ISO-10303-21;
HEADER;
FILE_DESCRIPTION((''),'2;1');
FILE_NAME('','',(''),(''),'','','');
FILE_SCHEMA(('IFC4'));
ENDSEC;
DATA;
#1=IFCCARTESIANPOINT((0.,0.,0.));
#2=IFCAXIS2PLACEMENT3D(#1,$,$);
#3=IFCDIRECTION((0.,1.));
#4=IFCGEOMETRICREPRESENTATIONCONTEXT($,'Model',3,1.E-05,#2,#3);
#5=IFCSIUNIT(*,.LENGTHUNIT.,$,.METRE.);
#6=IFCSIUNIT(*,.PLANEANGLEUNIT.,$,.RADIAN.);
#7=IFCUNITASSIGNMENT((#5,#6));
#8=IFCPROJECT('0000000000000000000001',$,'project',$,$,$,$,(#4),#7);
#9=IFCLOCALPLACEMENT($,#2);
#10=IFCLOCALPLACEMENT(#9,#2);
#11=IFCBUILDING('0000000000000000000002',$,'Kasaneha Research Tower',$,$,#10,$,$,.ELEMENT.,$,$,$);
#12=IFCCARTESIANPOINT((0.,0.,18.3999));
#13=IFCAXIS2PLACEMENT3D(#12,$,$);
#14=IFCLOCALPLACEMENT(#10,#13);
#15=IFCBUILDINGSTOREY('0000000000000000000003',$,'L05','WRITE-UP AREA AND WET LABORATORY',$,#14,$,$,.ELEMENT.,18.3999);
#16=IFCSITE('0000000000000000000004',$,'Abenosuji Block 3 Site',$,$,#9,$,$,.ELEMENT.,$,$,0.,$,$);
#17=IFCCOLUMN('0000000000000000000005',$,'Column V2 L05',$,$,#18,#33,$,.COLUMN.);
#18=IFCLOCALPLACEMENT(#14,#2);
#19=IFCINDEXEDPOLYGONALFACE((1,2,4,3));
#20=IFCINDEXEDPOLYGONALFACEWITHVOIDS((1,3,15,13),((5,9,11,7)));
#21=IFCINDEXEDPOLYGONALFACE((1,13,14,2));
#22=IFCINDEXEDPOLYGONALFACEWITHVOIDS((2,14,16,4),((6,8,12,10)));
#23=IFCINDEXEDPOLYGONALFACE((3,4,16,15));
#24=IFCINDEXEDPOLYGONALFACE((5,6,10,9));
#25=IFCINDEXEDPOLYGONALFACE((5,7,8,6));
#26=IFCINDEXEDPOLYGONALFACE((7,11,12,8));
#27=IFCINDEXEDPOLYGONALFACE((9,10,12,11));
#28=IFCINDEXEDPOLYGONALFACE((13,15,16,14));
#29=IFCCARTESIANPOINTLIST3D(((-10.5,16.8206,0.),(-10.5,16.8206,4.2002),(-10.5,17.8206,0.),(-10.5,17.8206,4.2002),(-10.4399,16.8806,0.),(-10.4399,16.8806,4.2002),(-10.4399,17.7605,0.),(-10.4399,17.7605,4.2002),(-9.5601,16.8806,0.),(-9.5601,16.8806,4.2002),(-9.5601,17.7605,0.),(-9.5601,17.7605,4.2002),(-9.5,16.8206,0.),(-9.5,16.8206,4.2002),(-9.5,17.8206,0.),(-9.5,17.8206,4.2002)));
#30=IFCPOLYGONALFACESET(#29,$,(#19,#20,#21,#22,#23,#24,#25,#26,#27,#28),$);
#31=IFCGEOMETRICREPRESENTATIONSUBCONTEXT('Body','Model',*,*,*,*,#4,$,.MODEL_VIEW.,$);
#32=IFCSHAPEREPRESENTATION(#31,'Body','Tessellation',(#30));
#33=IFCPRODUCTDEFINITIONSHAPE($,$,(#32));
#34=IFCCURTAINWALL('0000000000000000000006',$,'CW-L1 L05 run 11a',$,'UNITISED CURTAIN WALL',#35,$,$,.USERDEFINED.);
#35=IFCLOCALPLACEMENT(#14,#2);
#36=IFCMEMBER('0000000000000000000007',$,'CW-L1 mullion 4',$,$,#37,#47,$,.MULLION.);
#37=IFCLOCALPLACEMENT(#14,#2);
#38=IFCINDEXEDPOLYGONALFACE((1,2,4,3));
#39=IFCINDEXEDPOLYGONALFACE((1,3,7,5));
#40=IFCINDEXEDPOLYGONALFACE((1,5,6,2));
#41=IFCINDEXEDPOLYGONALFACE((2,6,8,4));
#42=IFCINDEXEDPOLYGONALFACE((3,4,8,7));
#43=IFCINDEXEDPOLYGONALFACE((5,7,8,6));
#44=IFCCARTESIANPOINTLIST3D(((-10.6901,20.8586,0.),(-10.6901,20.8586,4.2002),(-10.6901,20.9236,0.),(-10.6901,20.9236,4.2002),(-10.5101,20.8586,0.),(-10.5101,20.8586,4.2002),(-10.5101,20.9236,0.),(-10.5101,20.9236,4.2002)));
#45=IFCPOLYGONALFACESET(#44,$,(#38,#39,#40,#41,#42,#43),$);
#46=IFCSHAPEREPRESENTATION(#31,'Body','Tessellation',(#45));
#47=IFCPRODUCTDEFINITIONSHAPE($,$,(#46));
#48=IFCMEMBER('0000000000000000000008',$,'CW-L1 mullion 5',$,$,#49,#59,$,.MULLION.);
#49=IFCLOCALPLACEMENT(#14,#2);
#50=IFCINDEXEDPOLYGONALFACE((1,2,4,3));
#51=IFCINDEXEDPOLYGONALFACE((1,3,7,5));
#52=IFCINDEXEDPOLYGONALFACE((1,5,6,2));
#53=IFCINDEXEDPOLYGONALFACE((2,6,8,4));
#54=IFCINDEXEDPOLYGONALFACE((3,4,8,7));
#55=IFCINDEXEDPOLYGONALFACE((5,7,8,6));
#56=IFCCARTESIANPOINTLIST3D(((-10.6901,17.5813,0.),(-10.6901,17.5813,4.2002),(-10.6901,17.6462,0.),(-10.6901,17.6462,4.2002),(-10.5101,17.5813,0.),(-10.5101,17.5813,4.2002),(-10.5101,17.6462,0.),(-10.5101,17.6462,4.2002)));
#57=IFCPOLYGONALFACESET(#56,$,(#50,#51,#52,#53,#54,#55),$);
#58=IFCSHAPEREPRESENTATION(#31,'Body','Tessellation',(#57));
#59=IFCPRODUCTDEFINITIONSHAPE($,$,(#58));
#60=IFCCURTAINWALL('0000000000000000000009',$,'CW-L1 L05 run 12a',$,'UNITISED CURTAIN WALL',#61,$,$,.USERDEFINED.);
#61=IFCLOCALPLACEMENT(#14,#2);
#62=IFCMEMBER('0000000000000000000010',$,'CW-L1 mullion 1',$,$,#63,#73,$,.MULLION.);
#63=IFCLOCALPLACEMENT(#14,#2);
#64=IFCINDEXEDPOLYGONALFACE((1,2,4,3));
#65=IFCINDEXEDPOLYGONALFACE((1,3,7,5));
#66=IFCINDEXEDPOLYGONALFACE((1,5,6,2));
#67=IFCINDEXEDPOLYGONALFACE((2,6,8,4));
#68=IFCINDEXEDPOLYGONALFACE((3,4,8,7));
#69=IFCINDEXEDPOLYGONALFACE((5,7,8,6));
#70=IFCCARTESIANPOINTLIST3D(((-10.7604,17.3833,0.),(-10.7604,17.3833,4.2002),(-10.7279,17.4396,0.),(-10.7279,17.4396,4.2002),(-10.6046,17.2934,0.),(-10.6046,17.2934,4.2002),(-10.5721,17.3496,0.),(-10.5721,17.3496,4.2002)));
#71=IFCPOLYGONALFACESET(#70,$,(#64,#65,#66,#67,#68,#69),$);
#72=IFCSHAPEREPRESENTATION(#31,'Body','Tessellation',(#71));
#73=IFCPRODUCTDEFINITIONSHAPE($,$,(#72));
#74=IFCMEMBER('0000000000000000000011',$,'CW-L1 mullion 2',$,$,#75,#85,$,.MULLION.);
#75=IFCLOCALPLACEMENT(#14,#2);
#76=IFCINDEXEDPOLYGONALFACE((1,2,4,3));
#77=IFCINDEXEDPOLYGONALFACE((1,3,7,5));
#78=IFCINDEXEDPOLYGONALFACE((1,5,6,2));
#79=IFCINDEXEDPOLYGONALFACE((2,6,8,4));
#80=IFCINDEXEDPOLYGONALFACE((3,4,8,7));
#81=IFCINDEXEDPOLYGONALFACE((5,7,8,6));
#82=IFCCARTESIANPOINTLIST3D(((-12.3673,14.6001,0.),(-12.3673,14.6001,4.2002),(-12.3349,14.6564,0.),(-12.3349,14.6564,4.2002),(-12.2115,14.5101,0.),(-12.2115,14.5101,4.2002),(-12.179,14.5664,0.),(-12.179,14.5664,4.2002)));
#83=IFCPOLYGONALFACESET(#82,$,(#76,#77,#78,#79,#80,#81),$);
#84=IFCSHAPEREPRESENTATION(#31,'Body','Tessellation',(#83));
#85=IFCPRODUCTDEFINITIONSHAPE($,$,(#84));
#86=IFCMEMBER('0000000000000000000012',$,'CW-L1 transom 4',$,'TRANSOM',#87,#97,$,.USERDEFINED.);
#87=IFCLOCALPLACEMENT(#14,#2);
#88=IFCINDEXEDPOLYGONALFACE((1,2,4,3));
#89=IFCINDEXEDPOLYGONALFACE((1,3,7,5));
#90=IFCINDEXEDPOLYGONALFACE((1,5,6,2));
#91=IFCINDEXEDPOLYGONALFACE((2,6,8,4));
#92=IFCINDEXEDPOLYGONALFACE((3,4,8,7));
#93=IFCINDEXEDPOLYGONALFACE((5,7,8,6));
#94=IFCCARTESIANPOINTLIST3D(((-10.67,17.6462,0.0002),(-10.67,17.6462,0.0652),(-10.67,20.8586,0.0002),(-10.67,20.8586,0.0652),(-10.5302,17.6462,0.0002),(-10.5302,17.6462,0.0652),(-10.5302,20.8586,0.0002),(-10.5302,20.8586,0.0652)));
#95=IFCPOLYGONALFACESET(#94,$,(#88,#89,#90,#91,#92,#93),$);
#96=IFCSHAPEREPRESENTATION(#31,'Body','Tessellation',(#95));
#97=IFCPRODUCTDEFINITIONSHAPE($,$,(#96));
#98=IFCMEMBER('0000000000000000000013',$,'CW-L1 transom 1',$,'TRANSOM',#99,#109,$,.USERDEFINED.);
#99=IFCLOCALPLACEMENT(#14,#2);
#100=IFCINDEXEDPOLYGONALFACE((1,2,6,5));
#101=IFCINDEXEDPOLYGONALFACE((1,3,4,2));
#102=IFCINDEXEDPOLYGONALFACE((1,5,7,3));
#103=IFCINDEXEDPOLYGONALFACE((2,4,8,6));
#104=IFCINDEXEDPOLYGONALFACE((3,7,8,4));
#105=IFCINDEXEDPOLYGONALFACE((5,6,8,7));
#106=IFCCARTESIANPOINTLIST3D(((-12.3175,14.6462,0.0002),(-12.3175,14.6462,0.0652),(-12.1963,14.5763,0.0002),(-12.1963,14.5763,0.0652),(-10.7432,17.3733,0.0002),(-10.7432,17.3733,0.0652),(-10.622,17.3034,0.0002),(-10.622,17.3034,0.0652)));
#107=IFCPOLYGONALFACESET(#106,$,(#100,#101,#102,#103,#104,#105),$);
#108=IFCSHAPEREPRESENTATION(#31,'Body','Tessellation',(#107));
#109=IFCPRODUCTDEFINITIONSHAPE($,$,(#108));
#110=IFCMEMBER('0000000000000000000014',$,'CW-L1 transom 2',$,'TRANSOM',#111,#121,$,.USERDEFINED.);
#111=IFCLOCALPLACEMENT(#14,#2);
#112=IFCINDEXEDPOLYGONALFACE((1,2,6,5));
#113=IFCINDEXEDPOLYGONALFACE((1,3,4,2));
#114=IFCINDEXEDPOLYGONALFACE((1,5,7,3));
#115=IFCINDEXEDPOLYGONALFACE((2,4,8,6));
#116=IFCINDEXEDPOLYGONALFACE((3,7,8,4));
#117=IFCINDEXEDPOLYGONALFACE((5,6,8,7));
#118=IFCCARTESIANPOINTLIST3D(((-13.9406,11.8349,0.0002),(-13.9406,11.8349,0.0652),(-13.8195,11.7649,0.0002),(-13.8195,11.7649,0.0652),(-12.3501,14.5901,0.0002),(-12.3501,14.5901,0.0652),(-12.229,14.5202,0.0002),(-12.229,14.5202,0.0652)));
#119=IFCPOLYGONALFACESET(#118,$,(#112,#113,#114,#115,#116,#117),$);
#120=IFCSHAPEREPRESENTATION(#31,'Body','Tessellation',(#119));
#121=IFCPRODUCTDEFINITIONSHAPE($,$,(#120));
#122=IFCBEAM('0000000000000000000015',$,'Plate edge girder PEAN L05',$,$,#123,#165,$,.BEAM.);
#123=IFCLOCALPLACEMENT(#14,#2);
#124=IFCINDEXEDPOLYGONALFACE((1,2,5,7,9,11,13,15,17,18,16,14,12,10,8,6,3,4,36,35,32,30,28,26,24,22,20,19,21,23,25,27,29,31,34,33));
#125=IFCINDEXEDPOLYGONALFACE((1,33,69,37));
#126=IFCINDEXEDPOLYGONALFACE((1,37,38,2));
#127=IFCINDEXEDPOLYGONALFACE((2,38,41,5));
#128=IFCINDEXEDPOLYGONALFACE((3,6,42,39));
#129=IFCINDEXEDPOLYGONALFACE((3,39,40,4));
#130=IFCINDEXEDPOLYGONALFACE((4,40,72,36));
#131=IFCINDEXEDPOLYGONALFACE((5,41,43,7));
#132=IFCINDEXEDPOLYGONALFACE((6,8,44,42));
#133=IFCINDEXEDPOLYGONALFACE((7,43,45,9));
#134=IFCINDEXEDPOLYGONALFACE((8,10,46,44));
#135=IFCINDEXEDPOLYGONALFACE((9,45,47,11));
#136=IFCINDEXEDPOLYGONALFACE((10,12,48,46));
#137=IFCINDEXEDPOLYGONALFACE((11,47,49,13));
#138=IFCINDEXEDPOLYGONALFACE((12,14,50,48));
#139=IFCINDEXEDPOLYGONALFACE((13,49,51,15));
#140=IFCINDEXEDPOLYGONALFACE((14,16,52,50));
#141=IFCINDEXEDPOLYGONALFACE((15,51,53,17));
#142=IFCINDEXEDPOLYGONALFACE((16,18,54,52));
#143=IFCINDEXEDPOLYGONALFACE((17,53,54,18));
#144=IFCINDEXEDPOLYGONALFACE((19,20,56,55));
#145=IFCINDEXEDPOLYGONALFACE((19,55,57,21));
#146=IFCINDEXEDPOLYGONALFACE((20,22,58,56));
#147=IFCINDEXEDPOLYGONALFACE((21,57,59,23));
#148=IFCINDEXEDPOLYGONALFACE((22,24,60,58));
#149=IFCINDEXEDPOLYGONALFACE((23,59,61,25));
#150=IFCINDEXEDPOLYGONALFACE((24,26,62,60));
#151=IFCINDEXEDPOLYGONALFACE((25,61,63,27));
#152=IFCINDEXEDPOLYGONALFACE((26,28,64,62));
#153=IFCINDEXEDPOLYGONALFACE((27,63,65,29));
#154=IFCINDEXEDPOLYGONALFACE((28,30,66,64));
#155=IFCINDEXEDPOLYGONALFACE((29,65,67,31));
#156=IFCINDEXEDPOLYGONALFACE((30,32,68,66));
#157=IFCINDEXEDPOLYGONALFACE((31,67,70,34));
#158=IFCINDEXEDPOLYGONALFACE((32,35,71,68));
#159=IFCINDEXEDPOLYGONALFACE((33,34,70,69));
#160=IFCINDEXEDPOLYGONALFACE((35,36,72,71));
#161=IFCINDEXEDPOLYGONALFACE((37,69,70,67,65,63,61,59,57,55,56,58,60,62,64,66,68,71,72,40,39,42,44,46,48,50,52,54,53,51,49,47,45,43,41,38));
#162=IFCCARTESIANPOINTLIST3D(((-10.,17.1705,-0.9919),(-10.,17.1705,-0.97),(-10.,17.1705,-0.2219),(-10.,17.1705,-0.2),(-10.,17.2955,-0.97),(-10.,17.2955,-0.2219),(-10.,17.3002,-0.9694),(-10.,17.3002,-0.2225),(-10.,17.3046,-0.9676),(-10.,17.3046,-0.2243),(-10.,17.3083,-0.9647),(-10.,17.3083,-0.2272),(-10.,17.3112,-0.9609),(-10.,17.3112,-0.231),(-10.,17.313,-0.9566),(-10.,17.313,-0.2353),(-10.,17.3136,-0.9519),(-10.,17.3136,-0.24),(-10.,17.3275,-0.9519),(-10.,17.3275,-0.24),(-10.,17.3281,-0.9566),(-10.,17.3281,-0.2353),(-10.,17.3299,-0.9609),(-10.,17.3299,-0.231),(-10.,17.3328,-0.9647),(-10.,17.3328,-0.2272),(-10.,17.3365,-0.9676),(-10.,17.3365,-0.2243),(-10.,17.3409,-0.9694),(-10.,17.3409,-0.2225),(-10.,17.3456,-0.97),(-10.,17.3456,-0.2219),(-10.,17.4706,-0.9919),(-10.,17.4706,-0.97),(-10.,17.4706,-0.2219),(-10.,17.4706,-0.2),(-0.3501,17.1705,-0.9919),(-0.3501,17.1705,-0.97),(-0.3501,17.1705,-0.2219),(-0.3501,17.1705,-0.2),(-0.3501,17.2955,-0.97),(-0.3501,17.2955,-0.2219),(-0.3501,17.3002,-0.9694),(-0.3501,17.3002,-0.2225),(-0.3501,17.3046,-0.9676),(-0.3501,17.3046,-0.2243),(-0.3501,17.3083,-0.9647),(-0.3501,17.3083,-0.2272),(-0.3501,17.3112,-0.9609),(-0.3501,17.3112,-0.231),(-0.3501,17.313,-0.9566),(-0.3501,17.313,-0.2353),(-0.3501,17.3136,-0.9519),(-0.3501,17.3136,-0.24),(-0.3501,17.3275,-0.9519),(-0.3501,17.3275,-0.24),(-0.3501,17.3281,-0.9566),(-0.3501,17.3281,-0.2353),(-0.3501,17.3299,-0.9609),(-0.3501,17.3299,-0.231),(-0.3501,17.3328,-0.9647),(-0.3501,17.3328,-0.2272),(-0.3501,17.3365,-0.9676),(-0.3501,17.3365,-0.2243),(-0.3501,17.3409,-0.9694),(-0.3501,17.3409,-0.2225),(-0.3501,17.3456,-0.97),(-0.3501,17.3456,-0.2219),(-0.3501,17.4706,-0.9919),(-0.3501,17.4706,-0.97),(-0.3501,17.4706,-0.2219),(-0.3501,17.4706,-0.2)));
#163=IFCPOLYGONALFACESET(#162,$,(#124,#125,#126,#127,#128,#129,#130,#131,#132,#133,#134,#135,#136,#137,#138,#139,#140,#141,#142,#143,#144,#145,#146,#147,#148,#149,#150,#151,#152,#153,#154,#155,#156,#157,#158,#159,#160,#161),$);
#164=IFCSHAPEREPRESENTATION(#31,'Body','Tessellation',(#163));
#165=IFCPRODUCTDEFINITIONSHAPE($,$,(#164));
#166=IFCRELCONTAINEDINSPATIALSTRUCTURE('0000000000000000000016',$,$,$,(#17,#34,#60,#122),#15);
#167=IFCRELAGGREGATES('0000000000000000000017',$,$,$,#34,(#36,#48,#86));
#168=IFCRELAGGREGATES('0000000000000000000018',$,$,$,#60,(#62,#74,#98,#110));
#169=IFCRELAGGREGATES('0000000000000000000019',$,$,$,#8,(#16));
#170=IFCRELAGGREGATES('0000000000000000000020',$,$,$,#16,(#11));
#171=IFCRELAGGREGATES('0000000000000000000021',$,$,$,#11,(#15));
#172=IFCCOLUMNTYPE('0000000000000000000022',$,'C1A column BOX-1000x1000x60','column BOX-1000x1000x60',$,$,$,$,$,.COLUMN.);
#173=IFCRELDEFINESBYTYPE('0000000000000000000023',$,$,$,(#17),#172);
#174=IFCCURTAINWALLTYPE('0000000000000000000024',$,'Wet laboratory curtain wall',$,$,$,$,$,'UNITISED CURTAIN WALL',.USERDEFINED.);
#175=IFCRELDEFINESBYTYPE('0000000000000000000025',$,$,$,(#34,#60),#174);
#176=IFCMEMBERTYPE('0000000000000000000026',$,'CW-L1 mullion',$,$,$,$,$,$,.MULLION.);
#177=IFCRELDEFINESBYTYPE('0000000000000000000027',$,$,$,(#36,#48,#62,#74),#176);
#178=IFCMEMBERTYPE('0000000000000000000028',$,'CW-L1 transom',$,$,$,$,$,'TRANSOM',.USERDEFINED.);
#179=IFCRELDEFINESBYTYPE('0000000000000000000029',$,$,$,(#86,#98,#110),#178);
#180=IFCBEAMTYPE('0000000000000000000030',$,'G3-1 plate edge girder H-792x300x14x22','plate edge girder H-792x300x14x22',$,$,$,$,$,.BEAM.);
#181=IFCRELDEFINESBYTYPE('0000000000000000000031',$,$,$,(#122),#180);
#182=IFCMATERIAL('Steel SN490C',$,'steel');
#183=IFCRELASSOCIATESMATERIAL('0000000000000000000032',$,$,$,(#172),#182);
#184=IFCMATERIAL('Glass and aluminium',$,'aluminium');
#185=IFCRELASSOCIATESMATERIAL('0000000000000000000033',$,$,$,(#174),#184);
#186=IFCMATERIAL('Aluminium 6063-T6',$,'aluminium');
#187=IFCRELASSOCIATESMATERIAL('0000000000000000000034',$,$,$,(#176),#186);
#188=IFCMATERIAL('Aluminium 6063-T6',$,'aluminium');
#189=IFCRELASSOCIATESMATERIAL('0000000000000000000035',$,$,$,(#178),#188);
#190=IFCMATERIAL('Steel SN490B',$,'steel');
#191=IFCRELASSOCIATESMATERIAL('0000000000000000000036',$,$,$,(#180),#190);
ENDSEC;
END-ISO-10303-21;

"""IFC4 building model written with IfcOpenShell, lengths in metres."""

from ifc_helpers import new_model, si_unit, direction, frame, origin, origin_2d, place, context, subcontext, project, spatial, rectangle, hollow_rectangle, i_section, extrude, material, material_profile, profile_set, type_object, element, aggregate, save


model = new_model("IFC4")

# Units and contexts
model_context = context("Model", 3, precision=1e-05, world=origin(), true_north=direction((0.0, 1.0)))
body_context = subcontext(model_context, "Body", "Model", "MODEL_VIEW")
ifc_project = project(units=[si_unit("LENGTHUNIT", "METRE"), si_unit("PLANEANGLEUNIT", "RADIAN")], contexts=[model_context])

# Site, building, storey
site_placement = place(None, origin())
site = spatial("IfcSite", under=ifc_project, at=site_placement, Name="Abenosuji Block 3 Site", CompositionType="ELEMENT", RefElevation=0.0)
building_placement = place(site_placement, origin())
building = spatial("IfcBuilding", under=site, at=building_placement, Name="Kasaneha Research Tower", CompositionType="ELEMENT")
storey_placement = place(building_placement, frame((0.0, 0.0, 18.3999)))
storey = spatial("IfcBuildingStorey", under=building, at=storey_placement, Name="L05", Description="WRITE-UP AREA AND WET LABORATORY", CompositionType="ELEMENT", Elevation=18.3999)

# Column
ifc_material_1 = material(Name="Steel SN490C", Category="steel")
ifc_material_profile_1 = material_profile(ifc_material_1, hollow_rectangle(XDim=1.0, YDim=1.0, WallThickness=0.0601, at=origin_2d()), Name="BOX-1000x1000x60")
ifc_profile_set_1 = profile_set([ifc_material_profile_1], Name="Steel SN490C")
column_type = type_object("IfcColumnType", Name="C1A column BOX-1000x1000x60", Description="column BOX-1000x1000x60", PredefinedType="COLUMN", material=ifc_profile_set_1)
column_placement = place(storey_placement, frame((-10.0, 17.3206, 0.0), z_axis=(0.0, 0.0, 1.0), x_axis=(1.0, 0.0, 0.0)))
element("IfcColumn", 1, at=column_placement, inside=storey, type_object=column_type, Name="Column V2 L05", PredefinedType="COLUMN", context=body_context, shape_type="SweptSolid", body=[
    extrude(hollow_rectangle(XDim=1.0, YDim=1.0, WallThickness=0.0601, at=origin_2d()), origin(), (0.0, 0.0, 1.0), 4.2002),
])

# Curtain walls, members
ifc_material_2 = material(Name="Glass and aluminium", Category="aluminium")
curtain_wall_type = type_object("IfcCurtainWallType", Name="Wet laboratory curtain wall", ElementType="UNITISED CURTAIN WALL", PredefinedType="USERDEFINED", material=ifc_material_2)
curtain_wall_1_placement = place(storey_placement, origin())
curtain_wall_1 = element("IfcCurtainWall", 2, at=curtain_wall_1_placement, inside=storey, type_object=curtain_wall_type, Name="CW-L1 L05 run 11a", ObjectType="UNITISED CURTAIN WALL", PredefinedType="USERDEFINED")
ifc_material_3 = material(Name="Aluminium 6063-T6", Category="aluminium")
ifc_material_profile_2 = material_profile(ifc_material_3, rectangle(XDim=0.0649, YDim=0.1799, at=origin_2d()), Name="CW-L1 mullion 65x180")
ifc_profile_set_2 = profile_set([ifc_material_profile_2], Name="Aluminium 6063-T6")
member_type_1 = type_object("IfcMemberType", Name="CW-L1 mullion", PredefinedType="MULLION", material=ifc_profile_set_2)
member_1_placement = place(storey_placement, frame((-10.6001, 20.8911, 0.0), z_axis=(0.0, 0.0, 1.0), x_axis=(0.0, -1.0, 0.0)))
member_1 = element("IfcMember", 3, at=member_1_placement, type_object=member_type_1, Name="CW-L1 mullion 4", PredefinedType="MULLION", context=body_context, shape_type="SweptSolid", body=[
    extrude(rectangle(XDim=0.0649, YDim=0.1799, at=origin_2d()), origin(), (0.0, 0.0, 1.0), 4.2002),
])
member_2_placement = place(storey_placement, frame((-10.6001, 17.6138, 0.0), z_axis=(0.0, 0.0, 1.0), x_axis=(0.0, -1.0, 0.0)))
member_2 = element("IfcMember", 4, at=member_2_placement, type_object=member_type_1, Name="CW-L1 mullion 5", PredefinedType="MULLION", context=body_context, shape_type="SweptSolid", body=[
    extrude(rectangle(XDim=0.0649, YDim=0.1799, at=origin_2d()), origin(), (0.0, 0.0, 1.0), 4.2002),
])
curtain_wall_2_placement = place(storey_placement, origin())
curtain_wall_2 = element("IfcCurtainWall", 5, at=curtain_wall_2_placement, inside=storey, type_object=curtain_wall_type, Name="CW-L1 L05 run 12a", ObjectType="UNITISED CURTAIN WALL", PredefinedType="USERDEFINED")
member_3_placement = place(storey_placement, frame((-10.6663, 17.3665, 0.0), z_axis=(0.0, 0.0, 1.0), x_axis=(-0.5, -0.866025, 0.0)))
member_3 = element("IfcMember", 6, at=member_3_placement, type_object=member_type_1, Name="CW-L1 mullion 1", PredefinedType="MULLION", context=body_context, shape_type="SweptSolid", body=[
    extrude(rectangle(XDim=0.0649, YDim=0.1799, at=origin_2d()), origin(), (0.0, 0.0, 1.0), 4.2002),
])
member_4_placement = place(storey_placement, frame((-12.2732, 14.5833, 0.0), z_axis=(0.0, 0.0, 1.0), x_axis=(-0.5, -0.866025, 0.0)))
member_4 = element("IfcMember", 7, at=member_4_placement, type_object=member_type_1, Name="CW-L1 mullion 2", PredefinedType="MULLION", context=body_context, shape_type="SweptSolid", body=[
    extrude(rectangle(XDim=0.0649, YDim=0.1799, at=origin_2d()), origin(), (0.0, 0.0, 1.0), 4.2002),
])

# Members
ifc_material_4 = material(Name="Aluminium 6063-T6", Category="aluminium")
ifc_material_profile_3 = material_profile(ifc_material_4, rectangle(XDim=0.1399, YDim=0.0649, at=origin_2d()), Name="CW-L1 transom 140x65")
ifc_profile_set_3 = profile_set([ifc_material_profile_3], Name="Aluminium 6063-T6")
member_type_2 = type_object("IfcMemberType", Name="CW-L1 transom", ElementType="TRANSOM", PredefinedType="USERDEFINED", material=ifc_profile_set_3)
member_5_placement = place(storey_placement, frame((-10.6001, 20.8586, 0.0327), z_axis=(0.0, -1.0, 0.0), x_axis=(1.0, 0.0, 0.0)))
member_5 = element("IfcMember", 8, at=member_5_placement, type_object=member_type_2, Name="CW-L1 transom 4", ObjectType="TRANSOM", PredefinedType="USERDEFINED", context=body_context, shape_type="SweptSolid", body=[
    extrude(rectangle(XDim=0.1399, YDim=0.0649, at=origin_2d()), origin(), (0.0, 0.0, 1.0), 3.2124),
])
member_6_placement = place(storey_placement, frame((-10.6826, 17.3384, 0.0327), z_axis=(-0.499942, -0.866059, 0.0), x_axis=(0.866059, -0.499942, 0.0)))
member_6 = element("IfcMember", 9, at=member_6_placement, type_object=member_type_2, Name="CW-L1 transom 1", ObjectType="TRANSOM", PredefinedType="USERDEFINED", context=body_context, shape_type="SweptSolid", body=[
    extrude(rectangle(XDim=0.1399, YDim=0.0649, at=origin_2d()), origin(), (0.0, 0.0, 1.0), 3.1489),
])
member_7_placement = place(storey_placement, frame((-12.2896, 14.5552, 0.0327), z_axis=(-0.499944, -0.866058, 0.0), x_axis=(0.866058, -0.499944, 0.0)))
member_7 = element("IfcMember", 10, at=member_7_placement, type_object=member_type_2, Name="CW-L1 transom 2", ObjectType="TRANSOM", PredefinedType="USERDEFINED", context=body_context, shape_type="SweptSolid", body=[
    extrude(rectangle(XDim=0.1399, YDim=0.0649, at=origin_2d()), origin(), (0.0, 0.0, 1.0), 3.1814),
])

# Beam
ifc_material_5 = material(Name="Steel SN490B", Category="steel")
ifc_material_profile_4 = material_profile(ifc_material_5, i_section(OverallWidth=0.3, OverallDepth=0.792, WebThickness=0.0139, FlangeThickness=0.022, FilletRadius=0.0181, at=origin_2d()), Name="H-792x300x14x22")
ifc_profile_set_4 = profile_set([ifc_material_profile_4], Name="Steel SN490B")
beam_type_1 = type_object("IfcBeamType", Name="G3-1 plate edge girder H-792x300x14x22", Description="plate edge girder H-792x300x14x22", PredefinedType="BEAM", material=ifc_profile_set_4)
beam_1_placement = place(storey_placement, frame((-10.0, 17.3206, -0.5959), z_axis=(1.0, 0.0, 0.0), x_axis=(0.0, 1.0, 0.0)))
element("IfcBeam", 11, at=beam_1_placement, inside=storey, type_object=beam_type_1, Name="Plate edge girder PEAN L05", PredefinedType="BEAM", context=body_context, shape_type="SweptSolid", body=[
    extrude(i_section(OverallWidth=0.3, OverallDepth=0.792, WebThickness=0.0139, FlangeThickness=0.022, FilletRadius=0.0181, at=origin_2d()), origin(), (0.0, 0.0, 1.0), 9.6499),
])

aggregate(curtain_wall_1, [member_1, member_2, member_5])
aggregate(curtain_wall_2, [member_3, member_4, member_6, member_7])

save(model, "model.ifc")
